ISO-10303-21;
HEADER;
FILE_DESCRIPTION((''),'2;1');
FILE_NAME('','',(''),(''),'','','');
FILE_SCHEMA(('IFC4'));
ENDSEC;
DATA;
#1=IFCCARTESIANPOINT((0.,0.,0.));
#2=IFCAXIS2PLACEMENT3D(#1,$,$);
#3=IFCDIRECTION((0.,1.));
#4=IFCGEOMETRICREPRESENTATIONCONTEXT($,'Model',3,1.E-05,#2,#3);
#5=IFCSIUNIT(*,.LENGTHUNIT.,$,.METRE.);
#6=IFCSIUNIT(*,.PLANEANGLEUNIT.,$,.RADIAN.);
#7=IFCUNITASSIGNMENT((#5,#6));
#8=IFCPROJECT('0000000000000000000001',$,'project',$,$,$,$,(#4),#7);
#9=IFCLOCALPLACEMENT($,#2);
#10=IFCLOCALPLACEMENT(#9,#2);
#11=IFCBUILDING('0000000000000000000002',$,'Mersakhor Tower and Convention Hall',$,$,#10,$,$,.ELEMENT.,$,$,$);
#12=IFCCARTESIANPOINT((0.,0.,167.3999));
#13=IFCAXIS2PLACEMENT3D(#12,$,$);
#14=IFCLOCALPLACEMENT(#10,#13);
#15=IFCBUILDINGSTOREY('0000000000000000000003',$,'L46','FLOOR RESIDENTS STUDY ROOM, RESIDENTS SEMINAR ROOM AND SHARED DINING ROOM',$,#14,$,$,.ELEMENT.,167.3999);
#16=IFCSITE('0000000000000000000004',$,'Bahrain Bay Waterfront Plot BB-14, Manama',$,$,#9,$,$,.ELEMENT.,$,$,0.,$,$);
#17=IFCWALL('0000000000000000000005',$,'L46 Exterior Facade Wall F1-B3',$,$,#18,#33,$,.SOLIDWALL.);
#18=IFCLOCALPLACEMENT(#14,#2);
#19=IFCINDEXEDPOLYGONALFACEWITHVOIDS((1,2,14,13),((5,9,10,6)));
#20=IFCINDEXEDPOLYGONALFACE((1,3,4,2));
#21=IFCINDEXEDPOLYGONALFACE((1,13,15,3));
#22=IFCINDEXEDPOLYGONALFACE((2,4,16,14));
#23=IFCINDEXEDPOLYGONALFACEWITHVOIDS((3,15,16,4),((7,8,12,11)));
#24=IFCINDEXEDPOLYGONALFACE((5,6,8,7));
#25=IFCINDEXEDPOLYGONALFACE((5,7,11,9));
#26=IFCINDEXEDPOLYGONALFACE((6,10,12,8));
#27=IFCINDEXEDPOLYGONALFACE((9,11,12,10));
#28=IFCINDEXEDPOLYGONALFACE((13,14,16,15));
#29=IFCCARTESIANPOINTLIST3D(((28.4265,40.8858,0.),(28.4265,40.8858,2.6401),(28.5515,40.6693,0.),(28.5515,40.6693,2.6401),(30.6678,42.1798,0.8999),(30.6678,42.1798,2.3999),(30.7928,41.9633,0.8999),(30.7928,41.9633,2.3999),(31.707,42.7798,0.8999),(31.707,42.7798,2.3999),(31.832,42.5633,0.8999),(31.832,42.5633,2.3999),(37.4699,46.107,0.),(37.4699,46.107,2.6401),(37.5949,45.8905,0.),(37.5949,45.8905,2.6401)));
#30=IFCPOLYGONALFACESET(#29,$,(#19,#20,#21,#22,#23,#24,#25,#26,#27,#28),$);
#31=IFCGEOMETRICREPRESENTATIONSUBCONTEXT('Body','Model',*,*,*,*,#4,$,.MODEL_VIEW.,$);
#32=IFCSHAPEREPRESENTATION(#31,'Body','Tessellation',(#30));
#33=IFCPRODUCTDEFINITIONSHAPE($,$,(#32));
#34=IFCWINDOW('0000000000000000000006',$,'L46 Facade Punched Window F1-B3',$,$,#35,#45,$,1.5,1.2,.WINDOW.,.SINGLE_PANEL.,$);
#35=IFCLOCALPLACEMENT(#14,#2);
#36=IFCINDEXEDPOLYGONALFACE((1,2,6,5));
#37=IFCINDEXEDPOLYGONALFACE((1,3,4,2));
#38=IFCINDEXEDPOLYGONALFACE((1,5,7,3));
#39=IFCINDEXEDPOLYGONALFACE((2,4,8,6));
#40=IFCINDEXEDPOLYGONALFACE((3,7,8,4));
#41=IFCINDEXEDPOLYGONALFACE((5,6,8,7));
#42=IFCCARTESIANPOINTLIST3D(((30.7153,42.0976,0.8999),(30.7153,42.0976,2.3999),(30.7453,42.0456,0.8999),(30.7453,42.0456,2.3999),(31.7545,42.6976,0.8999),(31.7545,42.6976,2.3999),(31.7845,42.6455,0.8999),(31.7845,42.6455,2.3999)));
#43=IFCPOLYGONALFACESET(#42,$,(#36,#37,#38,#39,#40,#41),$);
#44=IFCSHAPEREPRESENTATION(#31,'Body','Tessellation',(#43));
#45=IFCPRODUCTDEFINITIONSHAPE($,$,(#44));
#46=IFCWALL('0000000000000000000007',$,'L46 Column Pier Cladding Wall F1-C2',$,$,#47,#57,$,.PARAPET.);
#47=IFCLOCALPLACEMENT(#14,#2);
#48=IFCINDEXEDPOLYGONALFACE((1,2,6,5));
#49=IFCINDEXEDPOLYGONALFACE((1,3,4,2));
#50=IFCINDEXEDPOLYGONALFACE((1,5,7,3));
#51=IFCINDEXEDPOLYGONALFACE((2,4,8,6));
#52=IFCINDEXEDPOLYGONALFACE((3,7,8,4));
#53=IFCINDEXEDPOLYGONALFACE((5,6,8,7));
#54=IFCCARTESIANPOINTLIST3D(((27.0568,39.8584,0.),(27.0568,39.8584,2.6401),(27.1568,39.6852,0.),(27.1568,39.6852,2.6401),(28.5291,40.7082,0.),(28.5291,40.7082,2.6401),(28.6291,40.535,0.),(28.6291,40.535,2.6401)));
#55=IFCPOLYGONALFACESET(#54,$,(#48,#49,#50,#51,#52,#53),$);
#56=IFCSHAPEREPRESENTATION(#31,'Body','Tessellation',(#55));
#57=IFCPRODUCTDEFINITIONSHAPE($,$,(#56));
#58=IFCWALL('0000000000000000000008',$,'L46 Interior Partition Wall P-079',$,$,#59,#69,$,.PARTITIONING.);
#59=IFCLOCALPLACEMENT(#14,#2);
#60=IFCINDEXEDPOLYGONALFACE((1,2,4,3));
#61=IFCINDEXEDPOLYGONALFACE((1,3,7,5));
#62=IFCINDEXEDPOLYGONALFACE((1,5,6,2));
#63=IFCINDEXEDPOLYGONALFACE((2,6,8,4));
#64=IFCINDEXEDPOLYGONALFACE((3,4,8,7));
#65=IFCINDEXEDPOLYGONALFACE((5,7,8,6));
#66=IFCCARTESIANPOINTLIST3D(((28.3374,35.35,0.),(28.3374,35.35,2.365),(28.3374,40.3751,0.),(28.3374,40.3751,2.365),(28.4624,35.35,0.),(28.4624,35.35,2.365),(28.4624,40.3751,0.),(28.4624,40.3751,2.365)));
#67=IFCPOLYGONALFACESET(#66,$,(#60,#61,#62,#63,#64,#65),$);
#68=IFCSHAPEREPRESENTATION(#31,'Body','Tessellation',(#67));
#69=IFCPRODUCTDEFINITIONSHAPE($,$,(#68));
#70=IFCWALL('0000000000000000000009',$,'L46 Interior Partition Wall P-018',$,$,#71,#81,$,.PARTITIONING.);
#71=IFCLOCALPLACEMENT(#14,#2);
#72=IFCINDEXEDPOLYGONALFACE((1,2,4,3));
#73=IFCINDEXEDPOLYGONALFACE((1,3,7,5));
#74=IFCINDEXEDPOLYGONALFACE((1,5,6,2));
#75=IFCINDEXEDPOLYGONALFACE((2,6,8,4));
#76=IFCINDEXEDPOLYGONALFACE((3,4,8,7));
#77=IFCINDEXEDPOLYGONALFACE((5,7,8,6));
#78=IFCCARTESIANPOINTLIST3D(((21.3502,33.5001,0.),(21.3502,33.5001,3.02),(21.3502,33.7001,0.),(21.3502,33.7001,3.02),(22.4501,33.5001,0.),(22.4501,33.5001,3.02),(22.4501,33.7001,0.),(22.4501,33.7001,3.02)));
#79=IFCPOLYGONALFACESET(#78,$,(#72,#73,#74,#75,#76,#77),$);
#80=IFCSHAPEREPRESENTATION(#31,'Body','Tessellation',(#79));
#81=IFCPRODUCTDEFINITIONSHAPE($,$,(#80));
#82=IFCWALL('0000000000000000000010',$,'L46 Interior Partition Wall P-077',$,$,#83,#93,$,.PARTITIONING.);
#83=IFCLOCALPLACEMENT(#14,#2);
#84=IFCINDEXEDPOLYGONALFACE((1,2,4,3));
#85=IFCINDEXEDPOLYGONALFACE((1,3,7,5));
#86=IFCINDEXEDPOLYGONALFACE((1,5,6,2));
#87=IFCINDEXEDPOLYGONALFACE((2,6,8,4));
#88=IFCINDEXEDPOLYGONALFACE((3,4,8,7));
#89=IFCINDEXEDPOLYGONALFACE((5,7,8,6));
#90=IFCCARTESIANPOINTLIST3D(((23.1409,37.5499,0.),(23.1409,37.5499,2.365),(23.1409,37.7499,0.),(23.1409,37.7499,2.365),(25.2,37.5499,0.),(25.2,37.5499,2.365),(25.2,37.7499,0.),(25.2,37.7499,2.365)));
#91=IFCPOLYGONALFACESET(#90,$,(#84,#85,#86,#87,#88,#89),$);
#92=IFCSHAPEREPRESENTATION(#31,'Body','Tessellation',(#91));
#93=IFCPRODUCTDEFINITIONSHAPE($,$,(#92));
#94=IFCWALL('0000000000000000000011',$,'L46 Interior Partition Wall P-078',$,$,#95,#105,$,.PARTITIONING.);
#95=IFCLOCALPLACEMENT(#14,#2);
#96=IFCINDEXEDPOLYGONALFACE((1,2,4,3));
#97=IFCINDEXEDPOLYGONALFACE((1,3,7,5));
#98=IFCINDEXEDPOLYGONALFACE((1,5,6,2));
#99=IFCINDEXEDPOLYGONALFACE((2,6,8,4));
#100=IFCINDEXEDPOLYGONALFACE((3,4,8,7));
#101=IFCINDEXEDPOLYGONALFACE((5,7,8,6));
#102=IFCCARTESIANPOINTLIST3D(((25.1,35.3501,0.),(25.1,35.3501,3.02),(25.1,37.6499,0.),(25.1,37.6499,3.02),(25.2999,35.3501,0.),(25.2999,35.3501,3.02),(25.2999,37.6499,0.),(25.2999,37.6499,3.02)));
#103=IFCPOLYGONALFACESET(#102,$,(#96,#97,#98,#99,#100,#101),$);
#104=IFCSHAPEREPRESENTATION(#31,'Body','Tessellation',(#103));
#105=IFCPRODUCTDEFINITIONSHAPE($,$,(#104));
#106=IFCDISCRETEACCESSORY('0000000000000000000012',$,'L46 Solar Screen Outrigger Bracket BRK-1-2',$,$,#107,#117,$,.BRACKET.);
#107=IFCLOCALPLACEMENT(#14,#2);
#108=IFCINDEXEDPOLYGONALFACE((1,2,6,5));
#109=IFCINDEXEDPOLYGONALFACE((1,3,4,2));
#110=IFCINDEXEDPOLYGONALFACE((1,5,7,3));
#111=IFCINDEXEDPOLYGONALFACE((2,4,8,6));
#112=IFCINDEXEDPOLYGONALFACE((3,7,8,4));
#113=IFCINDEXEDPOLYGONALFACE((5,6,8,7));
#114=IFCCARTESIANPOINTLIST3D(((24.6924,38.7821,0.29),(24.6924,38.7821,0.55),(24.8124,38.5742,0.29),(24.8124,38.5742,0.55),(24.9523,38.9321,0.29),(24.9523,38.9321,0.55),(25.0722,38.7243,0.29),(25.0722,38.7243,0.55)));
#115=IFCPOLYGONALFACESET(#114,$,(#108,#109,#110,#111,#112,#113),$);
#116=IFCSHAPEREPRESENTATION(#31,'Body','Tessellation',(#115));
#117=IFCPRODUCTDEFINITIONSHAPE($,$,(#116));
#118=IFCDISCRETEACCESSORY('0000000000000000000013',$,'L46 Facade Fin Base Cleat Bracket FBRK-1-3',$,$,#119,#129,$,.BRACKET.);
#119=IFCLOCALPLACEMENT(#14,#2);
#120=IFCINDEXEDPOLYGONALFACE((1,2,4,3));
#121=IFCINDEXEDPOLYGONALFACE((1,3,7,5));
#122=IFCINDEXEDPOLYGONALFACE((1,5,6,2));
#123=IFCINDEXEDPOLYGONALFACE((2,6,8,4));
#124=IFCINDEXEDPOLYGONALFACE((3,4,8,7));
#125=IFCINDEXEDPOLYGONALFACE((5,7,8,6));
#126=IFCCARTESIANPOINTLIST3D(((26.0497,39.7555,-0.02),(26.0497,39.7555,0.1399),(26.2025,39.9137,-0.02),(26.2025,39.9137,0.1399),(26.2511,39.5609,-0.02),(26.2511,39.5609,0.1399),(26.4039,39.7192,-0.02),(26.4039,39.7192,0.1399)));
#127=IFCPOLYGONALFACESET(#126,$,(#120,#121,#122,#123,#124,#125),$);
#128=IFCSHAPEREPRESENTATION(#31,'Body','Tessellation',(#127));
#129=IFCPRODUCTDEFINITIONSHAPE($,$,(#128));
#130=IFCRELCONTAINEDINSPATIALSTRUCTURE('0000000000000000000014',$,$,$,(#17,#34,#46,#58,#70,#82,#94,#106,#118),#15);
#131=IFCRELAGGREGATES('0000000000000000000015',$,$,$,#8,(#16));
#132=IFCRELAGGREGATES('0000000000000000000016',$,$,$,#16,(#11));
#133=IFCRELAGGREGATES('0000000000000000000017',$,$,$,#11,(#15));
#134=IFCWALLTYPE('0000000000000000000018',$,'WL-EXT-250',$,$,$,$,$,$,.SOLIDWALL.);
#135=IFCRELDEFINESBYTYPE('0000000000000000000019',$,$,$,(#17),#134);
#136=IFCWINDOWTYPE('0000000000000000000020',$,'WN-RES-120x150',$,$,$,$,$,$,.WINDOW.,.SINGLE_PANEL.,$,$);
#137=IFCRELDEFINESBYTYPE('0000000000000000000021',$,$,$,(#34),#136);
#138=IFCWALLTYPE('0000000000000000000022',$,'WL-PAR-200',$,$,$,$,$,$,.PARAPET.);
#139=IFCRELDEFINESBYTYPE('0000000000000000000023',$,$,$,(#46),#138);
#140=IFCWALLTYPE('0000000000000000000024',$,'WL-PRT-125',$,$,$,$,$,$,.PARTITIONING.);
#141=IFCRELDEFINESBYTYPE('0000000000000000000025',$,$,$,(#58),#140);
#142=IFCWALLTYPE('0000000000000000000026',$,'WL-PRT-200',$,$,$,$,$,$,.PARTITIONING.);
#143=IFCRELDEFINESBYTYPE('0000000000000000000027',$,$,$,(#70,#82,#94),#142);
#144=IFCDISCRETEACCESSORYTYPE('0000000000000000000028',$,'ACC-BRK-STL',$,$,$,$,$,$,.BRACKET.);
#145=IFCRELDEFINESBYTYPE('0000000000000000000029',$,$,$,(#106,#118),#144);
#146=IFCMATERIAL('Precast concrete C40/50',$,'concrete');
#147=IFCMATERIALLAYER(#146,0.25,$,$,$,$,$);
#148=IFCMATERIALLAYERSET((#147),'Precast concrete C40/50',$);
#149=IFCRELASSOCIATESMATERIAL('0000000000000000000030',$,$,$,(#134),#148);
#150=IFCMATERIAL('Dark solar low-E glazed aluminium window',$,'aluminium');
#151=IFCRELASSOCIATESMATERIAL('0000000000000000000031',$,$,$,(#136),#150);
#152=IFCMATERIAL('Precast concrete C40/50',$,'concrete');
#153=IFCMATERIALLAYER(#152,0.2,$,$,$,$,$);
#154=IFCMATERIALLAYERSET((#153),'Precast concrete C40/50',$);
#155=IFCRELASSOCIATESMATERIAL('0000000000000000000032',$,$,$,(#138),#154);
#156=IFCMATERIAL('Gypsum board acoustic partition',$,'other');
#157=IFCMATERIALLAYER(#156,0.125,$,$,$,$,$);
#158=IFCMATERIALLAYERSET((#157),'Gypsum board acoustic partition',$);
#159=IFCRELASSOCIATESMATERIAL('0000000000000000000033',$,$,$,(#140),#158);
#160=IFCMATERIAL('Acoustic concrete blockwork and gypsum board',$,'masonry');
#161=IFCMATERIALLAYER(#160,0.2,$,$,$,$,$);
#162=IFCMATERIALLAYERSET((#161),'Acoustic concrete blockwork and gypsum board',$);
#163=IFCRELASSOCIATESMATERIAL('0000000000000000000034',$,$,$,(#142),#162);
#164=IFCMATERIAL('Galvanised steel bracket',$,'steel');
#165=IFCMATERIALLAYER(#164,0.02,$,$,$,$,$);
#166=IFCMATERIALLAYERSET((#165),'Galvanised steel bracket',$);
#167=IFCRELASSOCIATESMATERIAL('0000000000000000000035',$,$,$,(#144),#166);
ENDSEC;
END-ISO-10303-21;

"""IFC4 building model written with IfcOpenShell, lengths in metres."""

from ifc_helpers import new_model, si_unit, direction, frame, frame_2d, origin, origin_2d, place, context, subcontext, project, spatial, rectangle, extrude, material, layer, layer_set, type_object, element, fill, save


model = new_model("IFC4")

# Units and contexts
model_context = context("Model", 3, precision=1e-05, world=origin(), true_north=direction((0.0, 1.0)))
body_context = subcontext(model_context, "Body", "Model", "MODEL_VIEW")
ifc_project = project(units=[si_unit("LENGTHUNIT", "METRE"), si_unit("PLANEANGLEUNIT", "RADIAN")], contexts=[model_context])

# Site, building, storey
site_placement = place(None, origin())
site = spatial("IfcSite", under=ifc_project, at=site_placement, Name="Bahrain Bay Waterfront Plot BB-14, Manama", CompositionType="ELEMENT", RefElevation=0.0)
building_placement = place(site_placement, origin())
building = spatial("IfcBuilding", under=site, at=building_placement, Name="Mersakhor Tower and Convention Hall", CompositionType="ELEMENT")
storey_placement = place(building_placement, frame((0.0, 0.0, 167.3999)))
storey = spatial("IfcBuildingStorey", under=building, at=storey_placement, Name="L46", Description="FLOOR RESIDENTS STUDY ROOM, RESIDENTS SEMINAR ROOM AND SHARED DINING ROOM", CompositionType="ELEMENT", Elevation=167.3999)

# Wall, opening, window
ifc_material_1 = material(Name="Precast concrete C40/50", Category="concrete")
ifc_layer_1 = layer(ifc_material_1, 0.25)
ifc_layer_set_1 = layer_set([ifc_layer_1], Name="Precast concrete C40/50")
wall_type_1 = type_object("IfcWallType", Name="WL-EXT-250", PredefinedType="SOLIDWALL", material=ifc_layer_set_1)
wall_1_placement = place(storey_placement, frame((28.489, 40.7776, 0.0), z_axis=(0.0, 0.0, 1.0), x_axis=(0.866028, 0.499996, 0.0)))
wall_1 = element("IfcWall", 1, at=wall_1_placement, inside=storey, type_object=wall_type_1, Name="L46 Exterior Facade Wall F1-B3", PredefinedType="SOLIDWALL", context=body_context, shape_type="SweptSolid", body=[
    extrude(rectangle(XDim=10.4424, YDim=0.25, at=frame_2d((5.2212, 0.0))), origin(), (0.0, 0.0, 1.0), 2.6401),
])
opening_1_placement = place(wall_1_placement, frame((2.5879, 0.0, 0.8999)))
opening_1 = element("IfcOpeningElement", 2, at=opening_1_placement, cuts=wall_1, PredefinedType="OPENING", context=body_context, shape_type="SweptSolid", body=[
    extrude(rectangle(XDim=1.2, YDim=1.5, at=frame_2d((0.6001, 0.75))), frame((0.0, 0.135, 0.0), z_axis=(0.0, -1.0, 0.0), x_axis=(1.0, 0.0, 0.0)), (0.0, 0.0, 1.0), 0.27),
])
ifc_material_2 = material(Name="Dark solar low-E glazed aluminium window", Category="aluminium")
window_type = type_object("IfcWindowType", Name="WN-RES-120x150", PartitioningType="SINGLE_PANEL", PredefinedType="WINDOW", material=ifc_material_2)
window_placement = place(opening_1_placement, origin())
window = element("IfcWindow", 3, at=window_placement, inside=storey, type_object=window_type, Name="L46 Facade Punched Window F1-B3", OverallHeight=1.5, OverallWidth=1.2, PartitioningType="SINGLE_PANEL", PredefinedType="WINDOW", context=body_context, shape_type="SweptSolid", body=[
    extrude(rectangle(XDim=1.2, YDim=1.5, at=frame_2d((0.6001, 0.75))), frame((0.0, 0.03, 0.0), z_axis=(0.0, -1.0, 0.0), x_axis=(1.0, 0.0, 0.0)), (0.0, 0.0, 1.0), 0.0601),
])
fill(opening_1, window)

# Walls
ifc_material_3 = material(Name="Precast concrete C40/50", Category="concrete")
ifc_layer_2 = layer(ifc_material_3, 0.2)
ifc_layer_set_2 = layer_set([ifc_layer_2], Name="Precast concrete C40/50")
wall_type_2 = type_object("IfcWallType", Name="WL-PAR-200", PredefinedType="PARAPET", material=ifc_layer_set_2)
wall_2_placement = place(storey_placement, frame((27.1067, 39.7717, 0.0), z_axis=(0.0, 0.0, 1.0), x_axis=(0.866088, 0.499892, 0.0)))
element("IfcWall", 4, at=wall_2_placement, inside=storey, type_object=wall_type_2, Name="L46 Column Pier Cladding Wall F1-C2", PredefinedType="PARAPET", context=body_context, shape_type="SweptSolid", body=[
    extrude(rectangle(XDim=1.7, YDim=0.2, at=frame_2d((0.8501, 0.0))), origin(), (0.0, 0.0, 1.0), 2.6401),
])
ifc_material_4 = material(Name="Gypsum board acoustic partition", Category="other")
ifc_layer_3 = layer(ifc_material_4, 0.125)
ifc_layer_set_3 = layer_set([ifc_layer_3], Name="Gypsum board acoustic partition")
wall_type_3 = type_object("IfcWallType", Name="WL-PRT-125", PredefinedType="PARTITIONING", material=ifc_layer_set_3)
wall_3_placement = place(storey_placement, frame((28.3999, 40.3752, 0.0), z_axis=(0.0, 0.0, 1.0), x_axis=(0.0, -1.0, 0.0)))
element("IfcWall", 5, at=wall_3_placement, inside=storey, type_object=wall_type_3, Name="L46 Interior Partition Wall P-079", PredefinedType="PARTITIONING", context=body_context, shape_type="SweptSolid", body=[
    extrude(rectangle(XDim=5.0251, YDim=0.125, at=frame_2d((2.5127, 0.0))), origin(), (0.0, 0.0, 1.0), 2.365),
])
ifc_material_5 = material(Name="Acoustic concrete blockwork and gypsum board", Category="masonry")
ifc_layer_4 = layer(ifc_material_5, 0.2)
ifc_layer_set_4 = layer_set([ifc_layer_4], Name="Acoustic concrete blockwork and gypsum board")
wall_type_4 = type_object("IfcWallType", Name="WL-PRT-200", PredefinedType="PARTITIONING", material=ifc_layer_set_4)
wall_4_placement = place(storey_placement, frame((22.45, 33.6001, 0.0), z_axis=(0.0, 0.0, 1.0), x_axis=(-1.0, 0.0, 0.0)))
element("IfcWall", 6, at=wall_4_placement, inside=storey, type_object=wall_type_4, Name="L46 Interior Partition Wall P-018", PredefinedType="PARTITIONING", context=body_context, shape_type="SweptSolid", body=[
    extrude(rectangle(XDim=1.0999, YDim=0.2, at=frame_2d((0.5498, 0.0))), origin(), (0.0, 0.0, 1.0), 3.02),
])

# Walls
wall_5_placement = place(storey_placement, frame((23.1409, 37.6499, 0.0), z_axis=(0.0, 0.0, 1.0), x_axis=(1.0, 0.0, 0.0)))
element("IfcWall", 7, at=wall_5_placement, inside=storey, type_object=wall_type_4, Name="L46 Interior Partition Wall P-077", PredefinedType="PARTITIONING", context=body_context, shape_type="SweptSolid", body=[
    extrude(rectangle(XDim=2.0591, YDim=0.2, at=frame_2d((1.0295, 0.0))), origin(), (0.0, 0.0, 1.0), 2.365),
])
wall_6_placement = place(storey_placement, frame((25.2, 37.6499, 0.0), z_axis=(0.0, 0.0, 1.0), x_axis=(0.0, -1.0, 0.0)))
element("IfcWall", 8, at=wall_6_placement, inside=storey, type_object=wall_type_4, Name="L46 Interior Partition Wall P-078", PredefinedType="PARTITIONING", context=body_context, shape_type="SweptSolid", body=[
    extrude(rectangle(XDim=2.2998, YDim=0.2, at=frame_2d((1.1499, 0.0))), origin(), (0.0, 0.0, 1.0), 3.02),
])

# Discrete accessories
ifc_material_6 = material(Name="Galvanised steel bracket", Category="steel")
ifc_layer_5 = layer(ifc_material_6, 0.02)
ifc_layer_set_5 = layer_set([ifc_layer_5], Name="Galvanised steel bracket")
discrete_accessory_type = type_object("IfcDiscreteAccessoryType", Name="ACC-BRK-STL", PredefinedType="BRACKET", material=ifc_layer_set_5)
discrete_accessory_1_placement = place(storey_placement, frame((24.8823, 38.7532, 0.29), z_axis=(0.0, 0.0, 1.0), x_axis=(0.866025, 0.5, 0.0)))
element("IfcDiscreteAccessory", 9, at=discrete_accessory_1_placement, inside=storey, type_object=discrete_accessory_type, Name="L46 Solar Screen Outrigger Bracket BRK-1-2", PredefinedType="BRACKET", context=body_context, shape_type="SweptSolid", body=[
    extrude(rectangle(XDim=0.3, YDim=0.24, at=origin_2d()), origin(), (0.0, 0.0, 1.0), 0.26),
])
discrete_accessory_2_placement = place(storey_placement, frame((26.2268, 39.7373, -0.02), z_axis=(0.0, 0.0, 1.0), x_axis=(-0.71934, 0.694658, 0.0)))
element("IfcDiscreteAccessory", 10, at=discrete_accessory_2_placement, inside=storey, type_object=discrete_accessory_type, Name="L46 Facade Fin Base Cleat Bracket FBRK-1-3", PredefinedType="BRACKET", context=body_context, shape_type="SweptSolid", body=[
    extrude(rectangle(XDim=0.28, YDim=0.22, at=origin_2d()), origin(), (0.0, 0.0, 1.0), 0.1599),
])

save(model, "model.ifc")
